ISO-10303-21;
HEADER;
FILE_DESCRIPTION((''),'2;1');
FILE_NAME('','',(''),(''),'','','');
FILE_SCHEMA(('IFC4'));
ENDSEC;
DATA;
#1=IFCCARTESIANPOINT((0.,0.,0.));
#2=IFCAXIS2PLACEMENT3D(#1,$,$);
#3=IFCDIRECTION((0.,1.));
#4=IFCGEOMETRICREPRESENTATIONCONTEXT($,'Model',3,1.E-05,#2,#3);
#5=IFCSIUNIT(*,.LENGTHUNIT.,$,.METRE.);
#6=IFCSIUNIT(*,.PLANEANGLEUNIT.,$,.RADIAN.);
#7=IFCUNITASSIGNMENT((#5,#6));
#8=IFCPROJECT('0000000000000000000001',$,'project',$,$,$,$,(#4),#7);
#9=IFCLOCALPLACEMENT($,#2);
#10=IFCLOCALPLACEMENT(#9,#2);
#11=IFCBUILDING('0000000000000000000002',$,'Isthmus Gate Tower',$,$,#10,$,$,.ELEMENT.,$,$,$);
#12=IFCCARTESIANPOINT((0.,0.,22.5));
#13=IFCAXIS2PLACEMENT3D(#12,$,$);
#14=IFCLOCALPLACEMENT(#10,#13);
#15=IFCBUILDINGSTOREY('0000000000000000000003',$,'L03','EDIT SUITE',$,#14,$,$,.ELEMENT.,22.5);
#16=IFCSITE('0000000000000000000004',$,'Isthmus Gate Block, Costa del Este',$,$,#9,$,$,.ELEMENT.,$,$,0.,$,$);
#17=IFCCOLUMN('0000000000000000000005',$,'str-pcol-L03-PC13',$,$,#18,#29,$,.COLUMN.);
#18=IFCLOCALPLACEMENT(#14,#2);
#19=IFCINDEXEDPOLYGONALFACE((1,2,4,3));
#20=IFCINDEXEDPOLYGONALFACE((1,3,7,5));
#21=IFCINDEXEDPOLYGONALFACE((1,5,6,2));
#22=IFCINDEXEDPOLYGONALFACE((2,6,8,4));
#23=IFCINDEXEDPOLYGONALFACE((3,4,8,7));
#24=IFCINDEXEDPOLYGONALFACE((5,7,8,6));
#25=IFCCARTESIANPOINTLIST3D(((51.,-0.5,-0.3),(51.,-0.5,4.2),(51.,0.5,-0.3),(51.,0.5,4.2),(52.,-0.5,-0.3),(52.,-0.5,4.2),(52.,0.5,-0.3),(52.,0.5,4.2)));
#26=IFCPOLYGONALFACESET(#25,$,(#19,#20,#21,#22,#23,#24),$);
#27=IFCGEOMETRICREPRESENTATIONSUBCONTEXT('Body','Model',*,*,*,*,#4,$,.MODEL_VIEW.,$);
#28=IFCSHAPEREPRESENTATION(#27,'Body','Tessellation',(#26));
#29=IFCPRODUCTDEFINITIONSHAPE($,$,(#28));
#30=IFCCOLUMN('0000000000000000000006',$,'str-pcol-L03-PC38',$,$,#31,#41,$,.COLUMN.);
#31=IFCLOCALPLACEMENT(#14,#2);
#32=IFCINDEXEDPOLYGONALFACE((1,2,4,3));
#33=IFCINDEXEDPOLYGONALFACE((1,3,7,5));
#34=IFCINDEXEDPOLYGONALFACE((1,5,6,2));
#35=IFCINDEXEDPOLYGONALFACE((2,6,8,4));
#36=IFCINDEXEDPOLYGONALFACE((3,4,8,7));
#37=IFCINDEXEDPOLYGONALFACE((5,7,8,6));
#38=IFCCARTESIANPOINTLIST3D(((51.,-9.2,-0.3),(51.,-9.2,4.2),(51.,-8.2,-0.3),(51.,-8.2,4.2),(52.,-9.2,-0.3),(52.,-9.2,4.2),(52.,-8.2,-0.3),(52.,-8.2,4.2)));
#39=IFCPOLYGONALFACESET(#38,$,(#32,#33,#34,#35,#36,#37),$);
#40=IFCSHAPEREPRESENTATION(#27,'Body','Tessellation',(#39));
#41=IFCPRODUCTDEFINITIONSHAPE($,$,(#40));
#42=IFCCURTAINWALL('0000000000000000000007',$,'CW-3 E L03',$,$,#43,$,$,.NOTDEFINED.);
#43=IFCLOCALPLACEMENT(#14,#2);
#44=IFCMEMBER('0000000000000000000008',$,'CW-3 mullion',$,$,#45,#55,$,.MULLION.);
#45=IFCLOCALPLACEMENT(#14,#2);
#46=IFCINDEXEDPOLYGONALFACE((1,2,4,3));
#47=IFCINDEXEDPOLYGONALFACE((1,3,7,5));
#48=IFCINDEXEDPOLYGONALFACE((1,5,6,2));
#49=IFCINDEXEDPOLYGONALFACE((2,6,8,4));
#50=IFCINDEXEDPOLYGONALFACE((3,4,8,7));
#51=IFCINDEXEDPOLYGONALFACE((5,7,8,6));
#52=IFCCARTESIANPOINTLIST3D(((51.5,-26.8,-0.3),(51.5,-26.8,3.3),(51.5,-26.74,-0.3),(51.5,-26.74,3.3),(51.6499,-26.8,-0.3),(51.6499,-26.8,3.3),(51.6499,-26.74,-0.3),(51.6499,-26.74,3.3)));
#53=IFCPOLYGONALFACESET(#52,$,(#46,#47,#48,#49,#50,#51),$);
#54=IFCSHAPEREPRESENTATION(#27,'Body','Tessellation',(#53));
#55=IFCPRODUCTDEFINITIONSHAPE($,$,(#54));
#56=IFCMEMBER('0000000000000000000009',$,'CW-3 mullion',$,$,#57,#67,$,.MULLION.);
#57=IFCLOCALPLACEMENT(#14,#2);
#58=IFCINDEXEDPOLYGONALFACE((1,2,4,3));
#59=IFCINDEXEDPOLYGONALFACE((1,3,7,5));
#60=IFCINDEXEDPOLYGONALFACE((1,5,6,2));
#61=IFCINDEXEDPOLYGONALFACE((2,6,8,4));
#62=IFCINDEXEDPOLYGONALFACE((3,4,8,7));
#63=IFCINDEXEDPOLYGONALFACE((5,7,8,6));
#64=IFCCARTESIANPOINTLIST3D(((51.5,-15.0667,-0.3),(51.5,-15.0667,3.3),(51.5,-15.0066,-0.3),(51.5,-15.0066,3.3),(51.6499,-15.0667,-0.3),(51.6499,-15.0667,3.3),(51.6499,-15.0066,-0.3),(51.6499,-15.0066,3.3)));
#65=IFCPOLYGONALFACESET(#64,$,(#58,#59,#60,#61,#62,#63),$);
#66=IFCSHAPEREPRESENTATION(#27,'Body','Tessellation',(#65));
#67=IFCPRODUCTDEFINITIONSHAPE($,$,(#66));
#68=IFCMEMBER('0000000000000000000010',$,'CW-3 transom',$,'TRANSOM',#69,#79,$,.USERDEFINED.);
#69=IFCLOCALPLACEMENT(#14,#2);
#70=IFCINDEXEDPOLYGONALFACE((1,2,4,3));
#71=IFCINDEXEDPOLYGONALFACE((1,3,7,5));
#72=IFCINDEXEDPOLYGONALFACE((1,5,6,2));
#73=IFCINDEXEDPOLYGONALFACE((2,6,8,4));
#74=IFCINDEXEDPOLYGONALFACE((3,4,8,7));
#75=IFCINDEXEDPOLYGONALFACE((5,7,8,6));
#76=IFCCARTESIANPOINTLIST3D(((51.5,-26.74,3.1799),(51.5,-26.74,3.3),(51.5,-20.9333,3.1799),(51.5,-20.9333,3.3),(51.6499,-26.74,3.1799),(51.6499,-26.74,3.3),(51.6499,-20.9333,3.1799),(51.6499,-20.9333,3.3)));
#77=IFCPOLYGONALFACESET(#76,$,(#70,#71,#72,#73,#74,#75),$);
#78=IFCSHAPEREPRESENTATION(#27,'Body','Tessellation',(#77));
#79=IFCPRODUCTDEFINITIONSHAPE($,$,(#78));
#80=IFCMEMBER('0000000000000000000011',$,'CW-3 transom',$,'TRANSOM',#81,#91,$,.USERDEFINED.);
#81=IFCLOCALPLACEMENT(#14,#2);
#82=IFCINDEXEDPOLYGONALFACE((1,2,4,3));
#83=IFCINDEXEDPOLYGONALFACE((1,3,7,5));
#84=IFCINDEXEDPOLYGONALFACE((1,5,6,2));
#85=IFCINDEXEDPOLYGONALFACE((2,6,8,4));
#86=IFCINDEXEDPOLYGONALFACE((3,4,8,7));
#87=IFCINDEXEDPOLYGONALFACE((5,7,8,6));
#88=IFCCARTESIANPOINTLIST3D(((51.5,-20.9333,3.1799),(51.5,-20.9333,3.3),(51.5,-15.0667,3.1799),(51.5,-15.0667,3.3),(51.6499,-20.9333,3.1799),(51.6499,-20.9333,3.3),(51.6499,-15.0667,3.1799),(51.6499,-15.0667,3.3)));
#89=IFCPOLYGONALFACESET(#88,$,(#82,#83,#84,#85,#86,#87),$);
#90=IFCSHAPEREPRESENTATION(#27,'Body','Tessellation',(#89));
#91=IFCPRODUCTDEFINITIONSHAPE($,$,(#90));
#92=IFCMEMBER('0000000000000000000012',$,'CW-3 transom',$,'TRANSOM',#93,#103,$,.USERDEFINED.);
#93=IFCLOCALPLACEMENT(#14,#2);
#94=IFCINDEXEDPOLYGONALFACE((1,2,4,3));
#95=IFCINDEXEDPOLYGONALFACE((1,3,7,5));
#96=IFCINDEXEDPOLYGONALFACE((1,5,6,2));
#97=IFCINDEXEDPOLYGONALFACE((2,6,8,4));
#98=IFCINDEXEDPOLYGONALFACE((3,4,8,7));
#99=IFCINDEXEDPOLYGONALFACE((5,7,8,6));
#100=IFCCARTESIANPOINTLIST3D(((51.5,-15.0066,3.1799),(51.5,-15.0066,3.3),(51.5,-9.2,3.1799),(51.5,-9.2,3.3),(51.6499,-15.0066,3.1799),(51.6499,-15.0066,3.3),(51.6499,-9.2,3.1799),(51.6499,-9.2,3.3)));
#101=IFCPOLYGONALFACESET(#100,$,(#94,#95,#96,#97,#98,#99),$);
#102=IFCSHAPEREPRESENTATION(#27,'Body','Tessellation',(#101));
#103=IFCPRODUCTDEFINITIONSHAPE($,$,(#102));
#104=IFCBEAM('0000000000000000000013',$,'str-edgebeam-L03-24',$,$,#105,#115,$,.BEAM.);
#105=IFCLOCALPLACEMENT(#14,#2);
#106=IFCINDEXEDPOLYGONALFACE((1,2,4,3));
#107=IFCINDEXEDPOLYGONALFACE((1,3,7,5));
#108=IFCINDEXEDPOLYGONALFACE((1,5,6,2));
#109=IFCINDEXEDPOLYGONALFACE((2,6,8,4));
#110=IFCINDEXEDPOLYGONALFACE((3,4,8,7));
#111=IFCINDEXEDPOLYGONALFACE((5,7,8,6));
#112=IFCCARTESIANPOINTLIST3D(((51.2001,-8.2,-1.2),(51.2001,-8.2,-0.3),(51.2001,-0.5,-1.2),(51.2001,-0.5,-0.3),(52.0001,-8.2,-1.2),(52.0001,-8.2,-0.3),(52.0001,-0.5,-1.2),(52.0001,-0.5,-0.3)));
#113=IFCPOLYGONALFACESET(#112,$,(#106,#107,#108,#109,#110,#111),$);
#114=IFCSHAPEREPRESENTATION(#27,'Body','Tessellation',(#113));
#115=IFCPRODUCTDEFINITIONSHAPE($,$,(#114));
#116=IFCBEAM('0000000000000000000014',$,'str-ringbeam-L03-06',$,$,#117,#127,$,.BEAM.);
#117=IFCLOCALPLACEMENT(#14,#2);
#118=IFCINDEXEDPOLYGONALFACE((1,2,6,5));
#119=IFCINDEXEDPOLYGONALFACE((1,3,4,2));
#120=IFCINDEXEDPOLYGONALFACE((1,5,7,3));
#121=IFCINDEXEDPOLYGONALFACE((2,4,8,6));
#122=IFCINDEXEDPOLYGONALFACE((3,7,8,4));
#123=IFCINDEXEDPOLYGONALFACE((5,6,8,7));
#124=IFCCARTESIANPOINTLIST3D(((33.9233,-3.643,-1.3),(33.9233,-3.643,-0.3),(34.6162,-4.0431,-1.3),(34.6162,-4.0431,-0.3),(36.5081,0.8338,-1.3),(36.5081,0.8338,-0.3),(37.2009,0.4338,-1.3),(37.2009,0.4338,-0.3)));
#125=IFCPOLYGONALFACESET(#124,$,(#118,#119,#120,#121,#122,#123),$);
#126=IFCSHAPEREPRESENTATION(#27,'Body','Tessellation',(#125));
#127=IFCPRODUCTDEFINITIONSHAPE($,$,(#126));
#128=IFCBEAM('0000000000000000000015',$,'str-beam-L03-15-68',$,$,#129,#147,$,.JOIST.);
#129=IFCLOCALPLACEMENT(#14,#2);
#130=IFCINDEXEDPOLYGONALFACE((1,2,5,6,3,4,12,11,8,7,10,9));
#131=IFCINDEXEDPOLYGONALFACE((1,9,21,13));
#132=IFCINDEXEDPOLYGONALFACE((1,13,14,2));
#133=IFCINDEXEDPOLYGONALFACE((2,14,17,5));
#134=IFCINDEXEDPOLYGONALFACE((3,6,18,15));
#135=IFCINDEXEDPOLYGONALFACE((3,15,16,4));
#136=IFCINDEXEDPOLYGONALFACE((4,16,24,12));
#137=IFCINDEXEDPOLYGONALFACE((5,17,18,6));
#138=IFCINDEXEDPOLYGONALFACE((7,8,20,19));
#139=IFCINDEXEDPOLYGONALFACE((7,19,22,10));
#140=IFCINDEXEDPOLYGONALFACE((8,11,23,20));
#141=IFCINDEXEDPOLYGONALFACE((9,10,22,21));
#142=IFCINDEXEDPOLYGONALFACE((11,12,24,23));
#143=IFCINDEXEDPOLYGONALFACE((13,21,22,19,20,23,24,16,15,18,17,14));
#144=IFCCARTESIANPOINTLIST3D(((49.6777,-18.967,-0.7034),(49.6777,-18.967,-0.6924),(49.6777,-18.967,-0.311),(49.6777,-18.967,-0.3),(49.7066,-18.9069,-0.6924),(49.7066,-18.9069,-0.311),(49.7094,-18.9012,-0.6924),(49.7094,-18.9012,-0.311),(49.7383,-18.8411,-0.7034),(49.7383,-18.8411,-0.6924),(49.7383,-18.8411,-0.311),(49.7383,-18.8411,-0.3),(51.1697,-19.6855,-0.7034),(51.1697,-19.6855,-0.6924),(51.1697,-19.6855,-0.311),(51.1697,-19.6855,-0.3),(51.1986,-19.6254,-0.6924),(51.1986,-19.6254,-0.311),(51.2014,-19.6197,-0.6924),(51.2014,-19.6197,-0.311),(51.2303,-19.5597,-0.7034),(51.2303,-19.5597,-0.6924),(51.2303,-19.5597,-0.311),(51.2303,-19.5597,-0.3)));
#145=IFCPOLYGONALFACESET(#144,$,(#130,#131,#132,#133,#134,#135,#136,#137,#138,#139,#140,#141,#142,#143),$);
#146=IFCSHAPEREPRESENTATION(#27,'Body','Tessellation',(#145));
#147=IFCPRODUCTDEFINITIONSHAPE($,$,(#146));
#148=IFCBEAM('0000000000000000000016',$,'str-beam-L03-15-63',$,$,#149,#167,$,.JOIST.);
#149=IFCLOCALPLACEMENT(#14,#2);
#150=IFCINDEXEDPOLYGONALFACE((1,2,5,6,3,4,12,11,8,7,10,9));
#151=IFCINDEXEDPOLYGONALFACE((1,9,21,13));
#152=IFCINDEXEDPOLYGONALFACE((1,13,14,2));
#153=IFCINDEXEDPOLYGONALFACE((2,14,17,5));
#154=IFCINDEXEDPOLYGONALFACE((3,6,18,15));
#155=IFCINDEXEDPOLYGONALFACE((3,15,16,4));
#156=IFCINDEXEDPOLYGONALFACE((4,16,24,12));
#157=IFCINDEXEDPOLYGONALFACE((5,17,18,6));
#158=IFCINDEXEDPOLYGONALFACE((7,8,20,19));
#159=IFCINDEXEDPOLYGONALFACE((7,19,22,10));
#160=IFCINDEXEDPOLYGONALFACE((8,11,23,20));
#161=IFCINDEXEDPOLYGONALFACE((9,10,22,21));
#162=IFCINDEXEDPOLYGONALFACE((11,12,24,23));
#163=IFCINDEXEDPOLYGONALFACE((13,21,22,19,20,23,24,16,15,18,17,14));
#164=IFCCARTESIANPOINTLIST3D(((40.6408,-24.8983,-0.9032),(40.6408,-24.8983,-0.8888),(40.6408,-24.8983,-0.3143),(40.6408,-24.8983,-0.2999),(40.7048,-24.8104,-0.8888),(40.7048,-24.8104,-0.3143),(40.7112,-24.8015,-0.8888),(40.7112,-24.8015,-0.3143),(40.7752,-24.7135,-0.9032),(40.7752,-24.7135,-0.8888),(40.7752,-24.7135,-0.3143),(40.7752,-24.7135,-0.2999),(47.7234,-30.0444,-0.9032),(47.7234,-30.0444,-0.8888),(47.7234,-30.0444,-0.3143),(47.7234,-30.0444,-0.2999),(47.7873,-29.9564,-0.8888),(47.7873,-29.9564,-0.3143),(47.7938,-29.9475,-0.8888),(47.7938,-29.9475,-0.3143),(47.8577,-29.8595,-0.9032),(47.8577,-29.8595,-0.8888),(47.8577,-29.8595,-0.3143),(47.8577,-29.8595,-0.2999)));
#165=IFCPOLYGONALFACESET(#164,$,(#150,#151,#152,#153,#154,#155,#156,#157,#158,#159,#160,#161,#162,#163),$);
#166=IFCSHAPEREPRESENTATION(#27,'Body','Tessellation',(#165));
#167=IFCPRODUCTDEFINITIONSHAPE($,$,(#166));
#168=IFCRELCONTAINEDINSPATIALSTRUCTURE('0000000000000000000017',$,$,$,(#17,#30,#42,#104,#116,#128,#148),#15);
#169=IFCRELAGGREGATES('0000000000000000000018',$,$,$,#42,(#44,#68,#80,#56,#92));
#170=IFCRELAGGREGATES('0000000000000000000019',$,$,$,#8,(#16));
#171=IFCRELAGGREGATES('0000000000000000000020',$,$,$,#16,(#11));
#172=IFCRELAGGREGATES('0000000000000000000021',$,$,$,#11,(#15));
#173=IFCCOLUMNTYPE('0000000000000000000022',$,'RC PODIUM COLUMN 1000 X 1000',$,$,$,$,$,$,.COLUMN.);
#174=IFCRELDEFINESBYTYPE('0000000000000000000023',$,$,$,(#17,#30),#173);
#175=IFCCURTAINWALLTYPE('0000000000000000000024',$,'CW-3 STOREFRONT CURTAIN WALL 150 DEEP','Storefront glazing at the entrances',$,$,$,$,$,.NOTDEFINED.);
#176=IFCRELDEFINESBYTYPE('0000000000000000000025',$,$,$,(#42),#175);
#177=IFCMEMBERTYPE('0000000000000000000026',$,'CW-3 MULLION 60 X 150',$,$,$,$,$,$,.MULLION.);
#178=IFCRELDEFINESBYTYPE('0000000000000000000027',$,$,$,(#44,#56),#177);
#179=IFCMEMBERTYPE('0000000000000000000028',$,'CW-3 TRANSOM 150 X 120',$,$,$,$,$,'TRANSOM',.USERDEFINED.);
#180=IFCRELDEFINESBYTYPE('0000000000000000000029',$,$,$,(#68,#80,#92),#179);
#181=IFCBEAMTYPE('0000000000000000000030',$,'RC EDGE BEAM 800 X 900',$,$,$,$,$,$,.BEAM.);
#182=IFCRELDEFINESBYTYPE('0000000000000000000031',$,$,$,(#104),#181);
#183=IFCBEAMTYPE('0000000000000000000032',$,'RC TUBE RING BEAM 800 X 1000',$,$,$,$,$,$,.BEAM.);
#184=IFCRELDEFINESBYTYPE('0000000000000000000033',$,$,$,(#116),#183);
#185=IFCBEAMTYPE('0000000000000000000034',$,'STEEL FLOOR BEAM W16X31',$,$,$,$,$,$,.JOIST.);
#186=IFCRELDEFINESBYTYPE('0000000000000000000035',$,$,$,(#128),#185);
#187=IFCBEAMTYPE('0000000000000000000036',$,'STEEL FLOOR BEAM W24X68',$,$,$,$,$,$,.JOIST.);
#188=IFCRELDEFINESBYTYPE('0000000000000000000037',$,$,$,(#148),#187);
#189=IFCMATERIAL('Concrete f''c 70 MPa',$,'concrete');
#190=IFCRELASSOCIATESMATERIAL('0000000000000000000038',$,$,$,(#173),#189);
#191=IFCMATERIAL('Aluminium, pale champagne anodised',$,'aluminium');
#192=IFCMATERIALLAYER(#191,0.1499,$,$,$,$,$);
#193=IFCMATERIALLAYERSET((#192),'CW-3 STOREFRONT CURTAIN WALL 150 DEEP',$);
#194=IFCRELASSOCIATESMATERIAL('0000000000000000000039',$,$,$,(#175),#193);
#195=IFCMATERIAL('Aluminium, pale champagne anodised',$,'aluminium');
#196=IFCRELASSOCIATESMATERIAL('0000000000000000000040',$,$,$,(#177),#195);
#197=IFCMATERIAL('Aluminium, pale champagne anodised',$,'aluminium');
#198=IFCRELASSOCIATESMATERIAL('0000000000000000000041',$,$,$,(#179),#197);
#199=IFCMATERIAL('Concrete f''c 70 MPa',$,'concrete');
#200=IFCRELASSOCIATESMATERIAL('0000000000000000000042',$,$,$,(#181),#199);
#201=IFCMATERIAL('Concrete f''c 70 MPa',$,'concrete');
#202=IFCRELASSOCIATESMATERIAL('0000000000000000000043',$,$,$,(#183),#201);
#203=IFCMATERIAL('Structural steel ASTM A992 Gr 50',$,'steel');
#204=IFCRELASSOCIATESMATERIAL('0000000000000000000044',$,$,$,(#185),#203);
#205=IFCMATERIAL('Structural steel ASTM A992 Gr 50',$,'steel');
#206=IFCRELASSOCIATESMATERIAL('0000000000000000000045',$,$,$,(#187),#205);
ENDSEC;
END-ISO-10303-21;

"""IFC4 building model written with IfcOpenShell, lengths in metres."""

from ifc_helpers import new_model, si_unit, direction, frame, origin, origin_2d, place, context, subcontext, project, spatial, rectangle, i_section, extrude, material, layer, layer_set, material_profile, profile_set, type_object, element, aggregate, save


model = new_model("IFC4")

# Units and contexts
model_context = context("Model", 3, precision=1e-05, world=origin(), true_north=direction((0.0, 1.0)))
body_context = subcontext(model_context, "Body", "Model", "MODEL_VIEW")
ifc_project = project(units=[si_unit("LENGTHUNIT", "METRE"), si_unit("PLANEANGLEUNIT", "RADIAN")], contexts=[model_context])

# Site, building, storey
site_placement = place(None, origin())
site = spatial("IfcSite", under=ifc_project, at=site_placement, Name="Isthmus Gate Block, Costa del Este", CompositionType="ELEMENT", RefElevation=0.0)
building_placement = place(site_placement, origin())
building = spatial("IfcBuilding", under=site, at=building_placement, Name="Isthmus Gate Tower", CompositionType="ELEMENT")
storey_placement = place(building_placement, frame((0.0, 0.0, 22.5)))
storey = spatial("IfcBuildingStorey", under=building, at=storey_placement, Name="L03", Description="EDIT SUITE", CompositionType="ELEMENT", Elevation=22.5)

# Columns
ifc_material_1 = material(Name="Concrete f'c 70 MPa", Category="concrete")
ifc_material_profile_1 = material_profile(ifc_material_1, rectangle(XDim=1.0, YDim=1.0, at=origin_2d()), Name="RC 1000X1000")
ifc_profile_set_1 = profile_set([ifc_material_profile_1], Name="Concrete f'c 70 MPa")
column_type = type_object("IfcColumnType", Name="RC PODIUM COLUMN 1000 X 1000", PredefinedType="COLUMN", material=ifc_profile_set_1)
for number, where, z_axis, x_axis, name in (
    (1, (51.5, 0.0, -0.3), (0.0, 0.0, 1.0), (0.0, 1.0, 0.0), "str-pcol-L03-PC13"),
    (2, (51.5, -8.7, -0.3), (0.0, 0.0, 1.0), (0.0, 1.0, 0.0), "str-pcol-L03-PC38"),
):
    element("IfcColumn", number, at=place(storey_placement, frame(where, z_axis=z_axis, x_axis=x_axis)), inside=storey, type_object=column_type, Name=name, PredefinedType="COLUMN", context=body_context, shape_type="SweptSolid", body=[
        extrude(rectangle(XDim=1.0, YDim=1.0, at=origin_2d()), origin(), (0.0, 0.0, 1.0), 4.5),
    ])

# Curtain wall, members
ifc_material_2 = material(Name="Aluminium, pale champagne anodised", Category="aluminium")
ifc_layer_1 = layer(ifc_material_2, 0.1499)
ifc_layer_set_1 = layer_set([ifc_layer_1], Name="CW-3 STOREFRONT CURTAIN WALL 150 DEEP")
curtain_wall_type = type_object("IfcCurtainWallType", Name="CW-3 STOREFRONT CURTAIN WALL 150 DEEP", Description="Storefront glazing at the entrances", PredefinedType="NOTDEFINED", material=ifc_layer_set_1)
curtain_wall_placement = place(storey_placement, origin())
curtain_wall = element("IfcCurtainWall", 3, at=curtain_wall_placement, inside=storey, type_object=curtain_wall_type, Name="CW-3 E L03", PredefinedType="NOTDEFINED")
ifc_material_3 = material(Name="Aluminium, pale champagne anodised", Category="aluminium")
ifc_material_profile_2 = material_profile(ifc_material_3, rectangle(XDim=0.0601, YDim=0.1499, at=origin_2d()), Name="60x150")
ifc_profile_set_2 = profile_set([ifc_material_profile_2], Name="Aluminium, pale champagne anodised")
member_type_1 = type_object("IfcMemberType", Name="CW-3 MULLION 60 X 150", PredefinedType="MULLION", material=ifc_profile_set_2)
member_1_placement = place(storey_placement, frame((51.575, -26.77, -0.3), z_axis=(0.0, 0.0, 1.0), x_axis=(0.0, 1.0, 0.0)))
member_1 = element("IfcMember", 4, at=member_1_placement, type_object=member_type_1, Name="CW-3 mullion", PredefinedType="MULLION", context=body_context, shape_type="SweptSolid", body=[
    extrude(rectangle(XDim=0.0601, YDim=0.1499, at=origin_2d()), origin(), (0.0, 0.0, 1.0), 3.6001),
])
member_2_placement = place(storey_placement, frame((51.575, -15.0366, -0.3), z_axis=(0.0, 0.0, 1.0), x_axis=(0.0, 1.0, 0.0)))
member_2 = element("IfcMember", 5, at=member_2_placement, type_object=member_type_1, Name="CW-3 mullion", PredefinedType="MULLION", context=body_context, shape_type="SweptSolid", body=[
    extrude(rectangle(XDim=0.0601, YDim=0.1499, at=origin_2d()), origin(), (0.0, 0.0, 1.0), 3.6001),
])
ifc_material_4 = material(Name="Aluminium, pale champagne anodised", Category="aluminium")
ifc_material_profile_3 = material_profile(ifc_material_4, rectangle(XDim=0.1499, YDim=0.1201, at=origin_2d()), Name="150x120")
ifc_profile_set_3 = profile_set([ifc_material_profile_3], Name="Aluminium, pale champagne anodised")
member_type_2 = type_object("IfcMemberType", Name="CW-3 TRANSOM 150 X 120", ElementType="TRANSOM", PredefinedType="USERDEFINED", material=ifc_profile_set_3)
member_3_placement = place(storey_placement, frame((51.575, -26.74, 3.24), z_axis=(0.0, 1.0, 0.0), x_axis=(-1.0, 0.0, 0.0)))
member_3 = element("IfcMember", 6, at=member_3_placement, type_object=member_type_2, Name="CW-3 transom", ObjectType="TRANSOM", PredefinedType="USERDEFINED", context=body_context, shape_type="SweptSolid", body=[
    extrude(rectangle(XDim=0.1499, YDim=0.1201, at=origin_2d()), origin(), (0.0, 0.0, 1.0), 5.8066),
])
member_4_placement = place(storey_placement, frame((51.575, -20.9333, 3.24), z_axis=(0.0, 1.0, 0.0), x_axis=(-1.0, 0.0, 0.0)))
member_4 = element("IfcMember", 7, at=member_4_placement, type_object=member_type_2, Name="CW-3 transom", ObjectType="TRANSOM", PredefinedType="USERDEFINED", context=body_context, shape_type="SweptSolid", body=[
    extrude(rectangle(XDim=0.1499, YDim=0.1201, at=origin_2d()), origin(), (0.0, 0.0, 1.0), 5.8667),
])
member_5_placement = place(storey_placement, frame((51.575, -15.0066, 3.24), z_axis=(0.0, 1.0, 0.0), x_axis=(-1.0, 0.0, 0.0)))
member_5 = element("IfcMember", 8, at=member_5_placement, type_object=member_type_2, Name="CW-3 transom", ObjectType="TRANSOM", PredefinedType="USERDEFINED", context=body_context, shape_type="SweptSolid", body=[
    extrude(rectangle(XDim=0.1499, YDim=0.1201, at=origin_2d()), origin(), (0.0, 0.0, 1.0), 5.8066),
])

# Beams
ifc_material_5 = material(Name="Concrete f'c 70 MPa", Category="concrete")
ifc_material_profile_4 = material_profile(ifc_material_5, rectangle(XDim=0.8, YDim=0.8999, at=origin_2d()), Name="RC 800X900")
ifc_profile_set_4 = profile_set([ifc_material_profile_4], Name="Concrete f'c 70 MPa")
beam_type_1 = type_object("IfcBeamType", Name="RC EDGE BEAM 800 X 900", PredefinedType="BEAM", material=ifc_profile_set_4)
beam_1_placement = place(storey_placement, frame((51.6001, -0.5, -0.75), z_axis=(0.0, -1.0, 0.0), x_axis=(1.0, 0.0, 0.0)))
element("IfcBeam", 9, at=beam_1_placement, inside=storey, type_object=beam_type_1, Name="str-edgebeam-L03-24", PredefinedType="BEAM", context=body_context, shape_type="SweptSolid", body=[
    extrude(rectangle(XDim=0.8, YDim=0.8999, at=origin_2d()), origin(), (0.0, 0.0, 1.0), 7.7),
])
ifc_material_6 = material(Name="Concrete f'c 70 MPa", Category="concrete")
ifc_material_profile_5 = material_profile(ifc_material_6, rectangle(XDim=0.8, YDim=1.0, at=origin_2d()), Name="RC 800X1000")
ifc_profile_set_5 = profile_set([ifc_material_profile_5], Name="Concrete f'c 70 MPa")
beam_type_2 = type_object("IfcBeamType", Name="RC TUBE RING BEAM 800 X 1000", PredefinedType="BEAM", material=ifc_profile_set_5)
beam_2_placement = place(storey_placement, frame((36.8545, 0.6338, -0.8), z_axis=(-0.500005, -0.866023, 0.0), x_axis=(0.866023, -0.500005, 0.0)))
element("IfcBeam", 10, at=beam_2_placement, inside=storey, type_object=beam_type_2, Name="str-ringbeam-L03-06", PredefinedType="BEAM", context=body_context, shape_type="SweptSolid", body=[
    extrude(rectangle(XDim=0.8, YDim=1.0, at=origin_2d()), origin(), (0.0, 0.0, 1.0), 5.1694),
])
ifc_material_7 = material(Name="Structural steel ASTM A992 Gr 50", Category="steel")
ifc_material_profile_6 = material_profile(ifc_material_7, i_section(OverallWidth=0.1396, OverallDepth=0.4033, WebThickness=0.0063, FlangeThickness=0.011, at=origin_2d()), Name="W16X31")
ifc_profile_set_6 = profile_set([ifc_material_profile_6], Name="Structural steel ASTM A992 Gr 50")
beam_type_3 = type_object("IfcBeamType", Name="STEEL FLOOR BEAM W16X31", PredefinedType="JOIST", material=ifc_profile_set_6)
beam_3_placement = place(storey_placement, frame((49.708, -18.9041, -0.5017), z_axis=(0.900963, -0.433895, 0.0), x_axis=(0.433895, 0.900963, 0.0)))
element("IfcBeam", 11, at=beam_3_placement, inside=storey, type_object=beam_type_3, Name="str-beam-L03-15-68", PredefinedType="JOIST", context=body_context, shape_type="SweptSolid", body=[
    extrude(i_section(OverallWidth=0.1396, OverallDepth=0.4033, WebThickness=0.0063, FlangeThickness=0.011, at=origin_2d()), origin(), (0.0, 0.0, 1.0), 1.656),
])
ifc_material_8 = material(Name="Structural steel ASTM A992 Gr 50", Category="steel")
ifc_material_profile_7 = material_profile(ifc_material_8, i_section(OverallWidth=0.2285, OverallDepth=0.6033, WebThickness=0.011, FlangeThickness=0.0144, at=origin_2d()), Name="W24X68")
ifc_profile_set_7 = profile_set([ifc_material_profile_7], Name="Structural steel ASTM A992 Gr 50")
beam_type_4 = type_object("IfcBeamType", Name="STEEL FLOOR BEAM W24X68", PredefinedType="JOIST", material=ifc_profile_set_7)
beam_4_placement = place(storey_placement, frame((40.708, -24.8059, -0.6016), z_axis=(0.809004, -0.587804, 0.0), x_axis=(0.587804, 0.809004, 0.0)))
element("IfcBeam", 12, at=beam_4_placement, inside=storey, type_object=beam_type_4, Name="str-beam-L03-15-63", PredefinedType="JOIST", context=body_context, shape_type="SweptSolid", body=[
    extrude(i_section(OverallWidth=0.2285, OverallDepth=0.6033, WebThickness=0.011, FlangeThickness=0.0144, at=origin_2d()), origin(), (0.0, 0.0, 1.0), 8.7546),
])

aggregate(curtain_wall, [member_1, member_3, member_4, member_2, member_5])

save(model, "model.ifc")
